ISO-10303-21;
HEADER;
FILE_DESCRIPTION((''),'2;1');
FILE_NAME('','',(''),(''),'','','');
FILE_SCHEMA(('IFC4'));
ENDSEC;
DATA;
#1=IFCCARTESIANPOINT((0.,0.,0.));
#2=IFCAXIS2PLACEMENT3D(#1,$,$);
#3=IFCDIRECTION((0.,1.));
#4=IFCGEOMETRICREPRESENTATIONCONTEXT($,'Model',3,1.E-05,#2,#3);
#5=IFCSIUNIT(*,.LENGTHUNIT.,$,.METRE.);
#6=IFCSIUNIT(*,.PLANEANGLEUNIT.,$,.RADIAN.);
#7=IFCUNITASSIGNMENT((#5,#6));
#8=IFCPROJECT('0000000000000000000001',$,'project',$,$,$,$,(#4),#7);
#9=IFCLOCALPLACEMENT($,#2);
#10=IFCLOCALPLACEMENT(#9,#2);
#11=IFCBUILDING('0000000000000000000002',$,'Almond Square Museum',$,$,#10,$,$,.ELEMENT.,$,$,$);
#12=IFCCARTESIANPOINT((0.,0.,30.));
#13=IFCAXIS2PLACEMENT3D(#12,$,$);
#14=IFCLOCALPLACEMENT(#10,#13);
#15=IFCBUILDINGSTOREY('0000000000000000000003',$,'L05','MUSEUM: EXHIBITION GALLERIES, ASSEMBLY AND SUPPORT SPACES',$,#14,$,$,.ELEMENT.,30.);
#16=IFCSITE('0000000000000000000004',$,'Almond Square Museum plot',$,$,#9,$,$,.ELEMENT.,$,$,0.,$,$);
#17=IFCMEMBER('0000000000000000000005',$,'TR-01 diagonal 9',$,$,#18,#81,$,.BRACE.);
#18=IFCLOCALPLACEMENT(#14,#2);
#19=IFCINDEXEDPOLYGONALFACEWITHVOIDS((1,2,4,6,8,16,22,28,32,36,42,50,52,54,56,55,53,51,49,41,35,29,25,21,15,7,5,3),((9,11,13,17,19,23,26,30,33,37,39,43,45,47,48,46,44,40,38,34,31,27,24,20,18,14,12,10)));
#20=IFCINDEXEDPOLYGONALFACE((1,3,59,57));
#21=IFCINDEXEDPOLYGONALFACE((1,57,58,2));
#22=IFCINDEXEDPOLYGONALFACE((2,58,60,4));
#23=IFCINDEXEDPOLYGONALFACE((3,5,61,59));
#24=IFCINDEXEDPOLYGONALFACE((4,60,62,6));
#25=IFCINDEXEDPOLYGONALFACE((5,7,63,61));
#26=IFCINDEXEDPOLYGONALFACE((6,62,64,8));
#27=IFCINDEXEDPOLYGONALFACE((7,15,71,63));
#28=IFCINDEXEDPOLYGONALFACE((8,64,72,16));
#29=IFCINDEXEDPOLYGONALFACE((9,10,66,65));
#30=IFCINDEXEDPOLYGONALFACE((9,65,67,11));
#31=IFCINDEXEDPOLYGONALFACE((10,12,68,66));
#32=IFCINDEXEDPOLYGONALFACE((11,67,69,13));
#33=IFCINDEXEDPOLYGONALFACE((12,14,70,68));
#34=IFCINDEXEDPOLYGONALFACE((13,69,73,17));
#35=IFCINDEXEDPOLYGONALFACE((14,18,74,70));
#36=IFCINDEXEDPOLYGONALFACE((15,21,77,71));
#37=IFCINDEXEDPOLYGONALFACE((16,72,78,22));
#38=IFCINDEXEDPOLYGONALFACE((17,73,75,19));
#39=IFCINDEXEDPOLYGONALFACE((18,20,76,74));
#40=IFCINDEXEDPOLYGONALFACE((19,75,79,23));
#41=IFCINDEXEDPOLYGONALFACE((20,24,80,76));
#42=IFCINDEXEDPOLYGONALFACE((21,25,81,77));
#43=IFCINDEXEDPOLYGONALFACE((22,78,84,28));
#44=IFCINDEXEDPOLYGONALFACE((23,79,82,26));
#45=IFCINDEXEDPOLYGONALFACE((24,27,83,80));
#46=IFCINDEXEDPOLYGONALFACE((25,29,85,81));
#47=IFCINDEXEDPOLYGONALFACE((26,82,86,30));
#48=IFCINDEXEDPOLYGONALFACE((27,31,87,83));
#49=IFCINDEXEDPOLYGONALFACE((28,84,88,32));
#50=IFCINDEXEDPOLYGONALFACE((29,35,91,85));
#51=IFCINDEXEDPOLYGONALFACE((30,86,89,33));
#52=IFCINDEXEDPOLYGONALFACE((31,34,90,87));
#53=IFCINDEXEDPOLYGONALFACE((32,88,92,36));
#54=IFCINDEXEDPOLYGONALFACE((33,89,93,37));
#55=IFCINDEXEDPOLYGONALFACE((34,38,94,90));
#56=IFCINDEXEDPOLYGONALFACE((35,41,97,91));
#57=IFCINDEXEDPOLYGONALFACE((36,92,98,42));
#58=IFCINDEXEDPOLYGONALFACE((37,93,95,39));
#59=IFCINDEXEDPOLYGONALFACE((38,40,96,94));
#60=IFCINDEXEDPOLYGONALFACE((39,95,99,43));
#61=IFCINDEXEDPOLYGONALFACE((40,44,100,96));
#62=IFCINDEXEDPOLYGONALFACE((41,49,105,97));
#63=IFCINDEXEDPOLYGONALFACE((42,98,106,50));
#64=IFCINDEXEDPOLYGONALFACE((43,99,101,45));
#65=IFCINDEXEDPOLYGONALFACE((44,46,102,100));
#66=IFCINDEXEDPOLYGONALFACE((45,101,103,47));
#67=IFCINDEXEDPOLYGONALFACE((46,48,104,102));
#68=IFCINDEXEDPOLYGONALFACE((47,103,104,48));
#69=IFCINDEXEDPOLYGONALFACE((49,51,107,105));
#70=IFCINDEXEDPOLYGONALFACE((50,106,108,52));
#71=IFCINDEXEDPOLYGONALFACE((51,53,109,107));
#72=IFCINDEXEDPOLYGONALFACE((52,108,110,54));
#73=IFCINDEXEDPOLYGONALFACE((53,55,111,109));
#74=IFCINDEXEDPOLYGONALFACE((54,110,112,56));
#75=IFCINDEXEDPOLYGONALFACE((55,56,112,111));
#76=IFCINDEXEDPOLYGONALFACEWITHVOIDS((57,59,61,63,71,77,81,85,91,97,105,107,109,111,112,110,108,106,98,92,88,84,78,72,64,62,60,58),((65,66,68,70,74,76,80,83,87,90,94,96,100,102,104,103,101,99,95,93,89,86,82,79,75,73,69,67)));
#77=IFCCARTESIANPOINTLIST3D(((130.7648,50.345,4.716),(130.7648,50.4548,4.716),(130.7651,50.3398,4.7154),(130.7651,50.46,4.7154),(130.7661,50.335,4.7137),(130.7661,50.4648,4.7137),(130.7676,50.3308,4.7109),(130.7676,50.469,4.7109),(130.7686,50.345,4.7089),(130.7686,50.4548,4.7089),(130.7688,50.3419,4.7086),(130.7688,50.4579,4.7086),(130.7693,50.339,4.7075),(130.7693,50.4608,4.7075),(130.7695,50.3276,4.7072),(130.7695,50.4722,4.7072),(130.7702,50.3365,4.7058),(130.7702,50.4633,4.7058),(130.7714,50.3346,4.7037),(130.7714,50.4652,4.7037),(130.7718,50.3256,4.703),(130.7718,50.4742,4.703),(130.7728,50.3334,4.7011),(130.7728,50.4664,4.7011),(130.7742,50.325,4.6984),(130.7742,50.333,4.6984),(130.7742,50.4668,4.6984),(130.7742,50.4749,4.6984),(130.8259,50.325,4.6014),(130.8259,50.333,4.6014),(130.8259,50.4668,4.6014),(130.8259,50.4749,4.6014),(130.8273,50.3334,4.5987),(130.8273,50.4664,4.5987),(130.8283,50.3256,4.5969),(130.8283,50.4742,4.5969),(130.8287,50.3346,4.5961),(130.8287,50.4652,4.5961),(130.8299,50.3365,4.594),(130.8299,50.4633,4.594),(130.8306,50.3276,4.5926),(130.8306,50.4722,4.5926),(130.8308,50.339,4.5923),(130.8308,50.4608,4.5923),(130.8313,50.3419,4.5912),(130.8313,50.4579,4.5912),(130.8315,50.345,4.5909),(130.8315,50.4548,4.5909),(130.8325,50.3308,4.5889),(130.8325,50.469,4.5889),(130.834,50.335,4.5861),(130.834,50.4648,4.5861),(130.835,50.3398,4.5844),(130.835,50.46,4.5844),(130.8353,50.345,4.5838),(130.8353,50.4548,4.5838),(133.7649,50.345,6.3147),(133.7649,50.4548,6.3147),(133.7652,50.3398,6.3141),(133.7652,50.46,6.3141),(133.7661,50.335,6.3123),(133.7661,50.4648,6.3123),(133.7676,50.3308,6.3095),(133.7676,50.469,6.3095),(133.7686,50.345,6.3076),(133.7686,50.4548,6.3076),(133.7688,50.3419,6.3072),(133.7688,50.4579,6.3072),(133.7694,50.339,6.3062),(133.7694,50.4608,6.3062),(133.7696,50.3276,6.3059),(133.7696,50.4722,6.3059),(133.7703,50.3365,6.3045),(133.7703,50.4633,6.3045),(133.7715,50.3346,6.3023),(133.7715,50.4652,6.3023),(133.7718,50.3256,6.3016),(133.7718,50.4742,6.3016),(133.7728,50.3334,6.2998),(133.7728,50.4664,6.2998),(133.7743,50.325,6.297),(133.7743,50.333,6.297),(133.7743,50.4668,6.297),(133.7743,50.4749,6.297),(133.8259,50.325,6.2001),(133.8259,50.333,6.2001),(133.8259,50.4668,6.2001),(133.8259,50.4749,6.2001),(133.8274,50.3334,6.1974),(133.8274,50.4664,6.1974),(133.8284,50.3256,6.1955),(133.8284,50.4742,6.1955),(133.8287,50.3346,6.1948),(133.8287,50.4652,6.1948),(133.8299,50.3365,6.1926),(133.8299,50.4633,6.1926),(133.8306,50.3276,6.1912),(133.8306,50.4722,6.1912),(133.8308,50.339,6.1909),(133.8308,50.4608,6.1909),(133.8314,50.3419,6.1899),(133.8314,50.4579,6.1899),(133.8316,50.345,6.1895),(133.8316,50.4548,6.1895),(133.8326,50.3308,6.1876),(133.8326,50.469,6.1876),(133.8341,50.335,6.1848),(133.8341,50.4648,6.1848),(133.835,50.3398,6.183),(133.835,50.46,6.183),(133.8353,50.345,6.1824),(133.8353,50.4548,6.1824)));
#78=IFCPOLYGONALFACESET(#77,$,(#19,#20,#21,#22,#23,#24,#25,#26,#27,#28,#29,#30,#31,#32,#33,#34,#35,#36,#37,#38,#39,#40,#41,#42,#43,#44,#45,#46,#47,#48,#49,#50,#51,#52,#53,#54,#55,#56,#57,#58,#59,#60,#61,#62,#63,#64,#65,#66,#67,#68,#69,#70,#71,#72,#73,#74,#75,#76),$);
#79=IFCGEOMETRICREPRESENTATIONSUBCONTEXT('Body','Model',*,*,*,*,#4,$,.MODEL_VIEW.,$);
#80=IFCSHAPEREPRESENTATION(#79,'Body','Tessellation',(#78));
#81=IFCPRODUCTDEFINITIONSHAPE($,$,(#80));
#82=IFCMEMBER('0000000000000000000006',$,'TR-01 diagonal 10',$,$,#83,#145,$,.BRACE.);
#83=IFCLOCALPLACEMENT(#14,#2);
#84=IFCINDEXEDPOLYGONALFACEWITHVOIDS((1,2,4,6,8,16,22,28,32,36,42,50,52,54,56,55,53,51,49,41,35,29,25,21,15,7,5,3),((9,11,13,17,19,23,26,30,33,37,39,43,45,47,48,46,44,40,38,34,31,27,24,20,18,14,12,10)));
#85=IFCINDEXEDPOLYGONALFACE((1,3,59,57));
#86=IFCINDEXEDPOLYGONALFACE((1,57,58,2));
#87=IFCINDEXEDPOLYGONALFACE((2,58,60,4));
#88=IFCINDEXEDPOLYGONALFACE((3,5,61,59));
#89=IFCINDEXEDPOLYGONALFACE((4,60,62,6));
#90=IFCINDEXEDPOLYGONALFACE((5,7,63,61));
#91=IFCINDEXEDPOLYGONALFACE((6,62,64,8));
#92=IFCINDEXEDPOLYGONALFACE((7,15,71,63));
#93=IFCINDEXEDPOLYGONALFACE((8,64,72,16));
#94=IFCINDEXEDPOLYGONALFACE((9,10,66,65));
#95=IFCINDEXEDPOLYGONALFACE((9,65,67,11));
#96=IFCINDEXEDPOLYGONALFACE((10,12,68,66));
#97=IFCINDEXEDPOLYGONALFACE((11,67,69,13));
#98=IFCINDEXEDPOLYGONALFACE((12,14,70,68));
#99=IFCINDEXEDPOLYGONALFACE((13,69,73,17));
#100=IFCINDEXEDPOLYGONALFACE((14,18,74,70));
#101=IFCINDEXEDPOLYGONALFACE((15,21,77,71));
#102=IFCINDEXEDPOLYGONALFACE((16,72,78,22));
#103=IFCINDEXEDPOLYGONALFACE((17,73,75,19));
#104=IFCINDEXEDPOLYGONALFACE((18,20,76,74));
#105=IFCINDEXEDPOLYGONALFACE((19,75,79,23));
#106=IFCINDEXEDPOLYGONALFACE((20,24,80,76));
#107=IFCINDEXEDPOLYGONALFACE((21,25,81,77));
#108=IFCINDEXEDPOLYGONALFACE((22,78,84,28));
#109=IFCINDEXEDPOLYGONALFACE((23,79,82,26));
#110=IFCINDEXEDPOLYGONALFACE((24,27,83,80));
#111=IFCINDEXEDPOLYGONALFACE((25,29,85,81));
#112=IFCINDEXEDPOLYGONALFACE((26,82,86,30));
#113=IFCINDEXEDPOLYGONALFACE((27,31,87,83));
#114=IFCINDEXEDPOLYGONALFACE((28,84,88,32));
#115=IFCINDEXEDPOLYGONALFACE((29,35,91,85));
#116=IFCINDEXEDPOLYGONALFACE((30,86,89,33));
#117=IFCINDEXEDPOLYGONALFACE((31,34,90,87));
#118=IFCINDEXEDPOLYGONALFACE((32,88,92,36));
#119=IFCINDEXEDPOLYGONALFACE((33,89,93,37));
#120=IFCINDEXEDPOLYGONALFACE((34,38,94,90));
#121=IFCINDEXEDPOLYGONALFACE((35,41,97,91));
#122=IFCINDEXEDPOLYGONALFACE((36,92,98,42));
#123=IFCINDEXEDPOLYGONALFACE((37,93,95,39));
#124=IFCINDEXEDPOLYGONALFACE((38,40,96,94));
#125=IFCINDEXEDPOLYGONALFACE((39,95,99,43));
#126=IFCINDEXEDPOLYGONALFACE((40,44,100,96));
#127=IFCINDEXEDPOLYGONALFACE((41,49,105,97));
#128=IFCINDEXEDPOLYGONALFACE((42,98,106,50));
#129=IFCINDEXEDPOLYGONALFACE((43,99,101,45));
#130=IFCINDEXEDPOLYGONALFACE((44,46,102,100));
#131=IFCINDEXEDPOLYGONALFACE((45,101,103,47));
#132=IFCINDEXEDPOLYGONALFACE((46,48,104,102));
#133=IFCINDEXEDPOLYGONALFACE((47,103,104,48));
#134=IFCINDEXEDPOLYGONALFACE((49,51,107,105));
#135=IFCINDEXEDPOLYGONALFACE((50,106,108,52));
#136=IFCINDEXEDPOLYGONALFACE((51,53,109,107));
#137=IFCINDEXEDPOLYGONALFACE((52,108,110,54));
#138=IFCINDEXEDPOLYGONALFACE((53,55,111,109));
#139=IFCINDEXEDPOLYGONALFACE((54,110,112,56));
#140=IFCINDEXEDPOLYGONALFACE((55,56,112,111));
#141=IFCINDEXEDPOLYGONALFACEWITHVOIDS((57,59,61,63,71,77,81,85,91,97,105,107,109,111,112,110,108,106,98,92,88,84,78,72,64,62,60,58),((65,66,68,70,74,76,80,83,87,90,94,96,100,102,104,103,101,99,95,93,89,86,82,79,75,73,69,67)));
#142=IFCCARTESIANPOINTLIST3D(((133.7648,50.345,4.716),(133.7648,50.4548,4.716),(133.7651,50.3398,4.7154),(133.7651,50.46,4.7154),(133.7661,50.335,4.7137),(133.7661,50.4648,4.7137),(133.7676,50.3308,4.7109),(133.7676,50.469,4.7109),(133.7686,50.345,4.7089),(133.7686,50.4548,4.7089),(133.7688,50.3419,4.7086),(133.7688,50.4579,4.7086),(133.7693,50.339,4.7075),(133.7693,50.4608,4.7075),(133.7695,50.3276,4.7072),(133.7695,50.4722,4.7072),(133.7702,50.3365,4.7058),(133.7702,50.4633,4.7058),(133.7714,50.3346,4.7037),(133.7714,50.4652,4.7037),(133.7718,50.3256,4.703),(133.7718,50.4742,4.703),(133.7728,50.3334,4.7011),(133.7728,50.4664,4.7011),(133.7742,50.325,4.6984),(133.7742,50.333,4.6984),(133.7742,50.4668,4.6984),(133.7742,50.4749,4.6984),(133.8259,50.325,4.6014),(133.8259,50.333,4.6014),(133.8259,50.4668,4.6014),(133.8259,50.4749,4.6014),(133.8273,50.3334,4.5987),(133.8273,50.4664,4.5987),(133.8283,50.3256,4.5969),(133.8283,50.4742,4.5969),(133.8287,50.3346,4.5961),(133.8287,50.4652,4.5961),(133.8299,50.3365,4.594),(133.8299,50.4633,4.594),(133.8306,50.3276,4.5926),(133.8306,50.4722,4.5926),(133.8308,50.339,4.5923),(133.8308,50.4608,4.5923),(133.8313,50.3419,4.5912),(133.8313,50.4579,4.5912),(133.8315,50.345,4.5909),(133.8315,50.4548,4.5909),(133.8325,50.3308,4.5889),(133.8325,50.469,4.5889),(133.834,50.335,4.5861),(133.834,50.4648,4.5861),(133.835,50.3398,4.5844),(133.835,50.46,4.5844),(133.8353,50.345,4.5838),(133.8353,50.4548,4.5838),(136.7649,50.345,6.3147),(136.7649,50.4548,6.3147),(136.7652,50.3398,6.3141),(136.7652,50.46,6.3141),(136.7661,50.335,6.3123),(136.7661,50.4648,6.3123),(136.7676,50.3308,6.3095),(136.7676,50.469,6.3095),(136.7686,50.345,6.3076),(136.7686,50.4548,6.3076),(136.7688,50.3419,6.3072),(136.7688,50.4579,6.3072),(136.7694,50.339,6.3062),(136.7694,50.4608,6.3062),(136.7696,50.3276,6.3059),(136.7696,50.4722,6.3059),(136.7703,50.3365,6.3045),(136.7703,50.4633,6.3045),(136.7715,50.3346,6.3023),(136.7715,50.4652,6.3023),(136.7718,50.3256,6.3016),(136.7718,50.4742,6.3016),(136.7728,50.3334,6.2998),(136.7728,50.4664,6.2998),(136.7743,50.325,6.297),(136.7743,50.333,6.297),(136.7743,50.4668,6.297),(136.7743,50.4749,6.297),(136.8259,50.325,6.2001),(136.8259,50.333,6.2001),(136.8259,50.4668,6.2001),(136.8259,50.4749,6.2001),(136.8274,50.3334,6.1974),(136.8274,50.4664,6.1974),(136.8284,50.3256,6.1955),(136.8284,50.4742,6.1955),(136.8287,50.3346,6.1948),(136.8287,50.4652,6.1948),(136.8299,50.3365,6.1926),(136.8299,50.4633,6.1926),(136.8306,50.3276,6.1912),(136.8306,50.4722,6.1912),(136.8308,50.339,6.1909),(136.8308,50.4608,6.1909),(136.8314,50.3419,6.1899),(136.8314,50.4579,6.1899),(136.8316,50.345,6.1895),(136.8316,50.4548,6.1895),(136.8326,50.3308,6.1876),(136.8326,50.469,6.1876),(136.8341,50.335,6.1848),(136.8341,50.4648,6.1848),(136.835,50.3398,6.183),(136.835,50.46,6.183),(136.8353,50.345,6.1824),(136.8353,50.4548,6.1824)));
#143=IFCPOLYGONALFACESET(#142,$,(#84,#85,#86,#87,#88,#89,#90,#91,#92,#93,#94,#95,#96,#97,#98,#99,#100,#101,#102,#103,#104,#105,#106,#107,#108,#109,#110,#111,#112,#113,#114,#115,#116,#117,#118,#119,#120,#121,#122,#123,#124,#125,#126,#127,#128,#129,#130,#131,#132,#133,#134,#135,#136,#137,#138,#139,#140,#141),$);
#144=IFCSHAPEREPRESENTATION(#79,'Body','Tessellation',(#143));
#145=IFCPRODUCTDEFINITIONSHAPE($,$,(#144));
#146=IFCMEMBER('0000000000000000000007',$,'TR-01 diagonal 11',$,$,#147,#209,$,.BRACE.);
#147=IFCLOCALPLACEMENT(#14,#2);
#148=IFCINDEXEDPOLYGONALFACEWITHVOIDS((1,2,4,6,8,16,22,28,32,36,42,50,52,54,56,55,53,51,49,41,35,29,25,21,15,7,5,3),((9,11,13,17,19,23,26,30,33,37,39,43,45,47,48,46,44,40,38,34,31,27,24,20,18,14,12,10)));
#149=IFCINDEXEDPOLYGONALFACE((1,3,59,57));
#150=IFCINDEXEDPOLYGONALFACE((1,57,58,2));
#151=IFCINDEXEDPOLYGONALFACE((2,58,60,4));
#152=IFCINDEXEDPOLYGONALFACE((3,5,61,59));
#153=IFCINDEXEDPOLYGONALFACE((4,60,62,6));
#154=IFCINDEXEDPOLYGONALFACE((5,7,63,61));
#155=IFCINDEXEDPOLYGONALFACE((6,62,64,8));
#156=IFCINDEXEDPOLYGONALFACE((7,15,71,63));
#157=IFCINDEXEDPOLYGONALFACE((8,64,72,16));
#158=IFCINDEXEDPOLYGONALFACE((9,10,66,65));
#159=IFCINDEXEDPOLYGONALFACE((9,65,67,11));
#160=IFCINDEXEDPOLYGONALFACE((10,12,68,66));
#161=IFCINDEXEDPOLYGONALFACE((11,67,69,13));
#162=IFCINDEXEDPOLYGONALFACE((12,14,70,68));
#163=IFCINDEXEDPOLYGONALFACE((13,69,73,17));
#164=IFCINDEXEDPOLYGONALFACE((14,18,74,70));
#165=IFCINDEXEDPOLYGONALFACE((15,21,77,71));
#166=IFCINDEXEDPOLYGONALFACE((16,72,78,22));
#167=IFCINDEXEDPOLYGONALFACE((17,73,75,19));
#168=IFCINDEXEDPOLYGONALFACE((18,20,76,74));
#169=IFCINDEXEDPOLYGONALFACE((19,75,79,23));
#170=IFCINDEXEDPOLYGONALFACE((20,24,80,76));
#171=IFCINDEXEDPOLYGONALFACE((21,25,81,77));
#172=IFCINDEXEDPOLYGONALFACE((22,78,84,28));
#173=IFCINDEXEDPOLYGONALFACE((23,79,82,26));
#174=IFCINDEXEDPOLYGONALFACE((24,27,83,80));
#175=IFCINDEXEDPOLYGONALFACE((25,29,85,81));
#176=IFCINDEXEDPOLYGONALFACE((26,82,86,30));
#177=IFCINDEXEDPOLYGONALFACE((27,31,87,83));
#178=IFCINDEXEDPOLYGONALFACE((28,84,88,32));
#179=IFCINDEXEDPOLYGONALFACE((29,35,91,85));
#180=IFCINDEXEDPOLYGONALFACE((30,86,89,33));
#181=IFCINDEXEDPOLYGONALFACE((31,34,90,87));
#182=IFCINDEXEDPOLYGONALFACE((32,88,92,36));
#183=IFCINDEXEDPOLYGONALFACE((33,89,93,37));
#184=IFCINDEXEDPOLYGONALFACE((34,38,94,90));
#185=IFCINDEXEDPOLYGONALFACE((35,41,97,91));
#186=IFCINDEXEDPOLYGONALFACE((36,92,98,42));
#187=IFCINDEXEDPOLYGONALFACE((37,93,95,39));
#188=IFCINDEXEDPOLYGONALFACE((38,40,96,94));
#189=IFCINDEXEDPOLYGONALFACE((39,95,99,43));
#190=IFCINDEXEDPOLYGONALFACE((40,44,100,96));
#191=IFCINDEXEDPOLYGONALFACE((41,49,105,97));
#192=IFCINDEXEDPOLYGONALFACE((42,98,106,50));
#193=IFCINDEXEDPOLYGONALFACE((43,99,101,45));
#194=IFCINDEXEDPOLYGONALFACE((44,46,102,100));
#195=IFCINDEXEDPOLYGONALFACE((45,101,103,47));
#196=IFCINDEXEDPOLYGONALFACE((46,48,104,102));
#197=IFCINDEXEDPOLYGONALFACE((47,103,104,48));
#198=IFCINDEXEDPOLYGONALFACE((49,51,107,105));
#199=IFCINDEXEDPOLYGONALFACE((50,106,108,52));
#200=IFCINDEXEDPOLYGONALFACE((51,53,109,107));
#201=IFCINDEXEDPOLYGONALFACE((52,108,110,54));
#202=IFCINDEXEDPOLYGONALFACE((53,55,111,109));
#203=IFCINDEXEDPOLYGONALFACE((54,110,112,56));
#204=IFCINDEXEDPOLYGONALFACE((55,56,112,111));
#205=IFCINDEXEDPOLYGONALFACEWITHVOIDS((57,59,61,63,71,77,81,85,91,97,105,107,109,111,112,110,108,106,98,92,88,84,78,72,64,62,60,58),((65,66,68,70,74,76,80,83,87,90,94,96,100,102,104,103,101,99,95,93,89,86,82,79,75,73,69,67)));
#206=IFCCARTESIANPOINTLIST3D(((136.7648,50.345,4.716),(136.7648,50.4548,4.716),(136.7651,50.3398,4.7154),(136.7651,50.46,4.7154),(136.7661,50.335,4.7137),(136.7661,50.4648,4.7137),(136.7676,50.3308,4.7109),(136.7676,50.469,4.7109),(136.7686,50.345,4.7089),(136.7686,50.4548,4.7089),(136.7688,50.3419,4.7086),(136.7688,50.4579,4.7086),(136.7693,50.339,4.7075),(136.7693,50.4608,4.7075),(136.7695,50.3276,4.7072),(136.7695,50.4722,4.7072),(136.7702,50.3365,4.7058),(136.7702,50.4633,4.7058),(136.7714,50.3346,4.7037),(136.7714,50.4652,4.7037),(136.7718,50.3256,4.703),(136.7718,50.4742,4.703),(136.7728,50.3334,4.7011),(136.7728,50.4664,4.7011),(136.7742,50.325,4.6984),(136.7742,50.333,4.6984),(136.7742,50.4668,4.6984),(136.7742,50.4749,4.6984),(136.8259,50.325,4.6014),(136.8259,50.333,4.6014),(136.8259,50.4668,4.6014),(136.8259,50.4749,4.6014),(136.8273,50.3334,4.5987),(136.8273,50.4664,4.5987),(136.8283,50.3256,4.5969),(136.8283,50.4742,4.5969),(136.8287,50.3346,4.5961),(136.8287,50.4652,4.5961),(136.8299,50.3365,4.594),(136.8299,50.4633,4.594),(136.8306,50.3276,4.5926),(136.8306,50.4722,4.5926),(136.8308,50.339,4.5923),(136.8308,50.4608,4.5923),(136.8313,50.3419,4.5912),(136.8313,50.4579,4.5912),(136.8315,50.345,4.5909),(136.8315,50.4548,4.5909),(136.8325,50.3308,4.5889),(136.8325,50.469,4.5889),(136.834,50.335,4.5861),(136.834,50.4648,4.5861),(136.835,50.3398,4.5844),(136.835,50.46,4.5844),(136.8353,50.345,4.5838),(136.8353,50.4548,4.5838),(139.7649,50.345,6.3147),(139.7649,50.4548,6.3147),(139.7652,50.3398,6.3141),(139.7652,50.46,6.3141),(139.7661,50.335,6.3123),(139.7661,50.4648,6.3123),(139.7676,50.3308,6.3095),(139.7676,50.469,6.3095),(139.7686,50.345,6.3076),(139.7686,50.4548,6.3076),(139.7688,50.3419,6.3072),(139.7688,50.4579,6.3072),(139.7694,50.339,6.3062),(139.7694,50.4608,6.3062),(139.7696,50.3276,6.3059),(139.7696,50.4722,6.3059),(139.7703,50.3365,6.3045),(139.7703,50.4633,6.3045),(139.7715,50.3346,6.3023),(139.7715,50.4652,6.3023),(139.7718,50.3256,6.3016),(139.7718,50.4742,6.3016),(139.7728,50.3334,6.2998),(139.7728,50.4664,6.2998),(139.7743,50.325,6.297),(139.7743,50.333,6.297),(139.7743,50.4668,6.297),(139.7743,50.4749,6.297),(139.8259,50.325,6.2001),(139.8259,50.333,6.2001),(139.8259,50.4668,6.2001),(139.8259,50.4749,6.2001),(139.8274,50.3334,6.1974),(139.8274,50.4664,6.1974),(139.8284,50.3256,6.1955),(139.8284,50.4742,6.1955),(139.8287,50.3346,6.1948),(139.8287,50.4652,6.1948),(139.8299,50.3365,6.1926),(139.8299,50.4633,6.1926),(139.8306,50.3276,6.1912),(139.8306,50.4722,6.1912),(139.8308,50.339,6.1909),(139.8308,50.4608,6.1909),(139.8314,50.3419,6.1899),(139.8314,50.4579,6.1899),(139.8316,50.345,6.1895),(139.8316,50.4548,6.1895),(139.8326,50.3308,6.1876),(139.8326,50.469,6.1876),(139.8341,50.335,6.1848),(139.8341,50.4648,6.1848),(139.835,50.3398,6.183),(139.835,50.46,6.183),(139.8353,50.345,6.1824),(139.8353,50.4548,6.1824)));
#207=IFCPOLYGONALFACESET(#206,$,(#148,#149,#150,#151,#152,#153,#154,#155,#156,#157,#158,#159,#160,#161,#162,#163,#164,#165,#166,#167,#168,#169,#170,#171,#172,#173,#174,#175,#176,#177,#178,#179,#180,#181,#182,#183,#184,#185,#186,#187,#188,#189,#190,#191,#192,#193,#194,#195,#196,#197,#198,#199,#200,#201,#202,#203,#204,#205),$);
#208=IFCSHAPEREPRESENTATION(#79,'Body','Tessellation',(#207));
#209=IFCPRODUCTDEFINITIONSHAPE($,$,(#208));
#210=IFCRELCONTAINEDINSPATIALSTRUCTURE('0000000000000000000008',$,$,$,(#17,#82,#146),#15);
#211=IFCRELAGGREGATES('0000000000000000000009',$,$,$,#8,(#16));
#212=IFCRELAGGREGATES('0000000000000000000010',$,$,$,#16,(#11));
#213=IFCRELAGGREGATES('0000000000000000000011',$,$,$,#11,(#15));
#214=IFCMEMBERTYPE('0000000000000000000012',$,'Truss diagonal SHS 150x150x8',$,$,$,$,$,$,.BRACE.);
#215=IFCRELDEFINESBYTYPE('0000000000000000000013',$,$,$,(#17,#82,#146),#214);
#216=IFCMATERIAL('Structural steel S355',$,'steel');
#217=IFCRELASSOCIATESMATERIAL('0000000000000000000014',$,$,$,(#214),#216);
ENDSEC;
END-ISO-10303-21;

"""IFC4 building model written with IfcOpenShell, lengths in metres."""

from ifc_helpers import new_model, si_unit, direction, frame, origin, origin_2d, place, context, subcontext, project, spatial, hollow_rectangle, extrude, material, material_profile, profile_set, type_object, element, save


model = new_model("IFC4")

# Units and contexts
model_context = context("Model", 3, precision=1e-05, world=origin(), true_north=direction((0.0, 1.0)))
body_context = subcontext(model_context, "Body", "Model", "MODEL_VIEW")
ifc_project = project(units=[si_unit("LENGTHUNIT", "METRE"), si_unit("PLANEANGLEUNIT", "RADIAN")], contexts=[model_context])

# Site, building, storey
site_placement = place(None, origin())
site = spatial("IfcSite", under=ifc_project, at=site_placement, Name="Almond Square Museum plot", CompositionType="ELEMENT", RefElevation=0.0)
building_placement = place(site_placement, origin())
building = spatial("IfcBuilding", under=site, at=building_placement, Name="Almond Square Museum", CompositionType="ELEMENT")
storey_placement = place(building_placement, frame((0.0, 0.0, 30.0)))
storey = spatial("IfcBuildingStorey", under=building, at=storey_placement, Name="L05", Description="MUSEUM: EXHIBITION GALLERIES, ASSEMBLY AND SUPPORT SPACES", CompositionType="ELEMENT", Elevation=30.0)

# Members
ifc_material_1 = material(Name="Structural steel S355", Category="steel")
ifc_material_profile_1 = material_profile(ifc_material_1, hollow_rectangle(XDim=0.1499, YDim=0.1499, WallThickness=0.0081, InnerFilletRadius=0.012, OuterFilletRadius=0.02, at=origin_2d()))
ifc_profile_set_1 = profile_set([ifc_material_profile_1], Name="Structural steel S355")
member_type_1 = type_object("IfcMemberType", Name="Truss diagonal SHS 150x150x8", PredefinedType="BRACE", material=ifc_profile_set_1)
for number, where, z_axis, x_axis, name in (
    (1, (130.8, 50.3999, 4.6499), (0.88252, 0.0, 0.470275), (0.0, 1.0, 0.0), "TR-01 diagonal 9"),
    (2, (133.8, 50.3999, 4.6499), (0.88252, 0.0, 0.470275), (0.0, 1.0, 0.0), "TR-01 diagonal 10"),
    (3, (136.8, 50.3999, 4.6499), (0.88252, 0.0, 0.470275), (0.0, 1.0, 0.0), "TR-01 diagonal 11"),
):
    element("IfcMember", number, at=place(storey_placement, frame(where, z_axis=z_axis, x_axis=x_axis)), inside=storey, type_object=member_type_1, Name=name, PredefinedType="BRACE", context=body_context, shape_type="SweptSolid", body=[
        extrude(hollow_rectangle(XDim=0.1499, YDim=0.1499, WallThickness=0.0081, InnerFilletRadius=0.012, OuterFilletRadius=0.02, at=origin_2d()), origin(), (0.0, 0.0, 1.0), 3.3994),
    ])

save(model, "model.ifc")
